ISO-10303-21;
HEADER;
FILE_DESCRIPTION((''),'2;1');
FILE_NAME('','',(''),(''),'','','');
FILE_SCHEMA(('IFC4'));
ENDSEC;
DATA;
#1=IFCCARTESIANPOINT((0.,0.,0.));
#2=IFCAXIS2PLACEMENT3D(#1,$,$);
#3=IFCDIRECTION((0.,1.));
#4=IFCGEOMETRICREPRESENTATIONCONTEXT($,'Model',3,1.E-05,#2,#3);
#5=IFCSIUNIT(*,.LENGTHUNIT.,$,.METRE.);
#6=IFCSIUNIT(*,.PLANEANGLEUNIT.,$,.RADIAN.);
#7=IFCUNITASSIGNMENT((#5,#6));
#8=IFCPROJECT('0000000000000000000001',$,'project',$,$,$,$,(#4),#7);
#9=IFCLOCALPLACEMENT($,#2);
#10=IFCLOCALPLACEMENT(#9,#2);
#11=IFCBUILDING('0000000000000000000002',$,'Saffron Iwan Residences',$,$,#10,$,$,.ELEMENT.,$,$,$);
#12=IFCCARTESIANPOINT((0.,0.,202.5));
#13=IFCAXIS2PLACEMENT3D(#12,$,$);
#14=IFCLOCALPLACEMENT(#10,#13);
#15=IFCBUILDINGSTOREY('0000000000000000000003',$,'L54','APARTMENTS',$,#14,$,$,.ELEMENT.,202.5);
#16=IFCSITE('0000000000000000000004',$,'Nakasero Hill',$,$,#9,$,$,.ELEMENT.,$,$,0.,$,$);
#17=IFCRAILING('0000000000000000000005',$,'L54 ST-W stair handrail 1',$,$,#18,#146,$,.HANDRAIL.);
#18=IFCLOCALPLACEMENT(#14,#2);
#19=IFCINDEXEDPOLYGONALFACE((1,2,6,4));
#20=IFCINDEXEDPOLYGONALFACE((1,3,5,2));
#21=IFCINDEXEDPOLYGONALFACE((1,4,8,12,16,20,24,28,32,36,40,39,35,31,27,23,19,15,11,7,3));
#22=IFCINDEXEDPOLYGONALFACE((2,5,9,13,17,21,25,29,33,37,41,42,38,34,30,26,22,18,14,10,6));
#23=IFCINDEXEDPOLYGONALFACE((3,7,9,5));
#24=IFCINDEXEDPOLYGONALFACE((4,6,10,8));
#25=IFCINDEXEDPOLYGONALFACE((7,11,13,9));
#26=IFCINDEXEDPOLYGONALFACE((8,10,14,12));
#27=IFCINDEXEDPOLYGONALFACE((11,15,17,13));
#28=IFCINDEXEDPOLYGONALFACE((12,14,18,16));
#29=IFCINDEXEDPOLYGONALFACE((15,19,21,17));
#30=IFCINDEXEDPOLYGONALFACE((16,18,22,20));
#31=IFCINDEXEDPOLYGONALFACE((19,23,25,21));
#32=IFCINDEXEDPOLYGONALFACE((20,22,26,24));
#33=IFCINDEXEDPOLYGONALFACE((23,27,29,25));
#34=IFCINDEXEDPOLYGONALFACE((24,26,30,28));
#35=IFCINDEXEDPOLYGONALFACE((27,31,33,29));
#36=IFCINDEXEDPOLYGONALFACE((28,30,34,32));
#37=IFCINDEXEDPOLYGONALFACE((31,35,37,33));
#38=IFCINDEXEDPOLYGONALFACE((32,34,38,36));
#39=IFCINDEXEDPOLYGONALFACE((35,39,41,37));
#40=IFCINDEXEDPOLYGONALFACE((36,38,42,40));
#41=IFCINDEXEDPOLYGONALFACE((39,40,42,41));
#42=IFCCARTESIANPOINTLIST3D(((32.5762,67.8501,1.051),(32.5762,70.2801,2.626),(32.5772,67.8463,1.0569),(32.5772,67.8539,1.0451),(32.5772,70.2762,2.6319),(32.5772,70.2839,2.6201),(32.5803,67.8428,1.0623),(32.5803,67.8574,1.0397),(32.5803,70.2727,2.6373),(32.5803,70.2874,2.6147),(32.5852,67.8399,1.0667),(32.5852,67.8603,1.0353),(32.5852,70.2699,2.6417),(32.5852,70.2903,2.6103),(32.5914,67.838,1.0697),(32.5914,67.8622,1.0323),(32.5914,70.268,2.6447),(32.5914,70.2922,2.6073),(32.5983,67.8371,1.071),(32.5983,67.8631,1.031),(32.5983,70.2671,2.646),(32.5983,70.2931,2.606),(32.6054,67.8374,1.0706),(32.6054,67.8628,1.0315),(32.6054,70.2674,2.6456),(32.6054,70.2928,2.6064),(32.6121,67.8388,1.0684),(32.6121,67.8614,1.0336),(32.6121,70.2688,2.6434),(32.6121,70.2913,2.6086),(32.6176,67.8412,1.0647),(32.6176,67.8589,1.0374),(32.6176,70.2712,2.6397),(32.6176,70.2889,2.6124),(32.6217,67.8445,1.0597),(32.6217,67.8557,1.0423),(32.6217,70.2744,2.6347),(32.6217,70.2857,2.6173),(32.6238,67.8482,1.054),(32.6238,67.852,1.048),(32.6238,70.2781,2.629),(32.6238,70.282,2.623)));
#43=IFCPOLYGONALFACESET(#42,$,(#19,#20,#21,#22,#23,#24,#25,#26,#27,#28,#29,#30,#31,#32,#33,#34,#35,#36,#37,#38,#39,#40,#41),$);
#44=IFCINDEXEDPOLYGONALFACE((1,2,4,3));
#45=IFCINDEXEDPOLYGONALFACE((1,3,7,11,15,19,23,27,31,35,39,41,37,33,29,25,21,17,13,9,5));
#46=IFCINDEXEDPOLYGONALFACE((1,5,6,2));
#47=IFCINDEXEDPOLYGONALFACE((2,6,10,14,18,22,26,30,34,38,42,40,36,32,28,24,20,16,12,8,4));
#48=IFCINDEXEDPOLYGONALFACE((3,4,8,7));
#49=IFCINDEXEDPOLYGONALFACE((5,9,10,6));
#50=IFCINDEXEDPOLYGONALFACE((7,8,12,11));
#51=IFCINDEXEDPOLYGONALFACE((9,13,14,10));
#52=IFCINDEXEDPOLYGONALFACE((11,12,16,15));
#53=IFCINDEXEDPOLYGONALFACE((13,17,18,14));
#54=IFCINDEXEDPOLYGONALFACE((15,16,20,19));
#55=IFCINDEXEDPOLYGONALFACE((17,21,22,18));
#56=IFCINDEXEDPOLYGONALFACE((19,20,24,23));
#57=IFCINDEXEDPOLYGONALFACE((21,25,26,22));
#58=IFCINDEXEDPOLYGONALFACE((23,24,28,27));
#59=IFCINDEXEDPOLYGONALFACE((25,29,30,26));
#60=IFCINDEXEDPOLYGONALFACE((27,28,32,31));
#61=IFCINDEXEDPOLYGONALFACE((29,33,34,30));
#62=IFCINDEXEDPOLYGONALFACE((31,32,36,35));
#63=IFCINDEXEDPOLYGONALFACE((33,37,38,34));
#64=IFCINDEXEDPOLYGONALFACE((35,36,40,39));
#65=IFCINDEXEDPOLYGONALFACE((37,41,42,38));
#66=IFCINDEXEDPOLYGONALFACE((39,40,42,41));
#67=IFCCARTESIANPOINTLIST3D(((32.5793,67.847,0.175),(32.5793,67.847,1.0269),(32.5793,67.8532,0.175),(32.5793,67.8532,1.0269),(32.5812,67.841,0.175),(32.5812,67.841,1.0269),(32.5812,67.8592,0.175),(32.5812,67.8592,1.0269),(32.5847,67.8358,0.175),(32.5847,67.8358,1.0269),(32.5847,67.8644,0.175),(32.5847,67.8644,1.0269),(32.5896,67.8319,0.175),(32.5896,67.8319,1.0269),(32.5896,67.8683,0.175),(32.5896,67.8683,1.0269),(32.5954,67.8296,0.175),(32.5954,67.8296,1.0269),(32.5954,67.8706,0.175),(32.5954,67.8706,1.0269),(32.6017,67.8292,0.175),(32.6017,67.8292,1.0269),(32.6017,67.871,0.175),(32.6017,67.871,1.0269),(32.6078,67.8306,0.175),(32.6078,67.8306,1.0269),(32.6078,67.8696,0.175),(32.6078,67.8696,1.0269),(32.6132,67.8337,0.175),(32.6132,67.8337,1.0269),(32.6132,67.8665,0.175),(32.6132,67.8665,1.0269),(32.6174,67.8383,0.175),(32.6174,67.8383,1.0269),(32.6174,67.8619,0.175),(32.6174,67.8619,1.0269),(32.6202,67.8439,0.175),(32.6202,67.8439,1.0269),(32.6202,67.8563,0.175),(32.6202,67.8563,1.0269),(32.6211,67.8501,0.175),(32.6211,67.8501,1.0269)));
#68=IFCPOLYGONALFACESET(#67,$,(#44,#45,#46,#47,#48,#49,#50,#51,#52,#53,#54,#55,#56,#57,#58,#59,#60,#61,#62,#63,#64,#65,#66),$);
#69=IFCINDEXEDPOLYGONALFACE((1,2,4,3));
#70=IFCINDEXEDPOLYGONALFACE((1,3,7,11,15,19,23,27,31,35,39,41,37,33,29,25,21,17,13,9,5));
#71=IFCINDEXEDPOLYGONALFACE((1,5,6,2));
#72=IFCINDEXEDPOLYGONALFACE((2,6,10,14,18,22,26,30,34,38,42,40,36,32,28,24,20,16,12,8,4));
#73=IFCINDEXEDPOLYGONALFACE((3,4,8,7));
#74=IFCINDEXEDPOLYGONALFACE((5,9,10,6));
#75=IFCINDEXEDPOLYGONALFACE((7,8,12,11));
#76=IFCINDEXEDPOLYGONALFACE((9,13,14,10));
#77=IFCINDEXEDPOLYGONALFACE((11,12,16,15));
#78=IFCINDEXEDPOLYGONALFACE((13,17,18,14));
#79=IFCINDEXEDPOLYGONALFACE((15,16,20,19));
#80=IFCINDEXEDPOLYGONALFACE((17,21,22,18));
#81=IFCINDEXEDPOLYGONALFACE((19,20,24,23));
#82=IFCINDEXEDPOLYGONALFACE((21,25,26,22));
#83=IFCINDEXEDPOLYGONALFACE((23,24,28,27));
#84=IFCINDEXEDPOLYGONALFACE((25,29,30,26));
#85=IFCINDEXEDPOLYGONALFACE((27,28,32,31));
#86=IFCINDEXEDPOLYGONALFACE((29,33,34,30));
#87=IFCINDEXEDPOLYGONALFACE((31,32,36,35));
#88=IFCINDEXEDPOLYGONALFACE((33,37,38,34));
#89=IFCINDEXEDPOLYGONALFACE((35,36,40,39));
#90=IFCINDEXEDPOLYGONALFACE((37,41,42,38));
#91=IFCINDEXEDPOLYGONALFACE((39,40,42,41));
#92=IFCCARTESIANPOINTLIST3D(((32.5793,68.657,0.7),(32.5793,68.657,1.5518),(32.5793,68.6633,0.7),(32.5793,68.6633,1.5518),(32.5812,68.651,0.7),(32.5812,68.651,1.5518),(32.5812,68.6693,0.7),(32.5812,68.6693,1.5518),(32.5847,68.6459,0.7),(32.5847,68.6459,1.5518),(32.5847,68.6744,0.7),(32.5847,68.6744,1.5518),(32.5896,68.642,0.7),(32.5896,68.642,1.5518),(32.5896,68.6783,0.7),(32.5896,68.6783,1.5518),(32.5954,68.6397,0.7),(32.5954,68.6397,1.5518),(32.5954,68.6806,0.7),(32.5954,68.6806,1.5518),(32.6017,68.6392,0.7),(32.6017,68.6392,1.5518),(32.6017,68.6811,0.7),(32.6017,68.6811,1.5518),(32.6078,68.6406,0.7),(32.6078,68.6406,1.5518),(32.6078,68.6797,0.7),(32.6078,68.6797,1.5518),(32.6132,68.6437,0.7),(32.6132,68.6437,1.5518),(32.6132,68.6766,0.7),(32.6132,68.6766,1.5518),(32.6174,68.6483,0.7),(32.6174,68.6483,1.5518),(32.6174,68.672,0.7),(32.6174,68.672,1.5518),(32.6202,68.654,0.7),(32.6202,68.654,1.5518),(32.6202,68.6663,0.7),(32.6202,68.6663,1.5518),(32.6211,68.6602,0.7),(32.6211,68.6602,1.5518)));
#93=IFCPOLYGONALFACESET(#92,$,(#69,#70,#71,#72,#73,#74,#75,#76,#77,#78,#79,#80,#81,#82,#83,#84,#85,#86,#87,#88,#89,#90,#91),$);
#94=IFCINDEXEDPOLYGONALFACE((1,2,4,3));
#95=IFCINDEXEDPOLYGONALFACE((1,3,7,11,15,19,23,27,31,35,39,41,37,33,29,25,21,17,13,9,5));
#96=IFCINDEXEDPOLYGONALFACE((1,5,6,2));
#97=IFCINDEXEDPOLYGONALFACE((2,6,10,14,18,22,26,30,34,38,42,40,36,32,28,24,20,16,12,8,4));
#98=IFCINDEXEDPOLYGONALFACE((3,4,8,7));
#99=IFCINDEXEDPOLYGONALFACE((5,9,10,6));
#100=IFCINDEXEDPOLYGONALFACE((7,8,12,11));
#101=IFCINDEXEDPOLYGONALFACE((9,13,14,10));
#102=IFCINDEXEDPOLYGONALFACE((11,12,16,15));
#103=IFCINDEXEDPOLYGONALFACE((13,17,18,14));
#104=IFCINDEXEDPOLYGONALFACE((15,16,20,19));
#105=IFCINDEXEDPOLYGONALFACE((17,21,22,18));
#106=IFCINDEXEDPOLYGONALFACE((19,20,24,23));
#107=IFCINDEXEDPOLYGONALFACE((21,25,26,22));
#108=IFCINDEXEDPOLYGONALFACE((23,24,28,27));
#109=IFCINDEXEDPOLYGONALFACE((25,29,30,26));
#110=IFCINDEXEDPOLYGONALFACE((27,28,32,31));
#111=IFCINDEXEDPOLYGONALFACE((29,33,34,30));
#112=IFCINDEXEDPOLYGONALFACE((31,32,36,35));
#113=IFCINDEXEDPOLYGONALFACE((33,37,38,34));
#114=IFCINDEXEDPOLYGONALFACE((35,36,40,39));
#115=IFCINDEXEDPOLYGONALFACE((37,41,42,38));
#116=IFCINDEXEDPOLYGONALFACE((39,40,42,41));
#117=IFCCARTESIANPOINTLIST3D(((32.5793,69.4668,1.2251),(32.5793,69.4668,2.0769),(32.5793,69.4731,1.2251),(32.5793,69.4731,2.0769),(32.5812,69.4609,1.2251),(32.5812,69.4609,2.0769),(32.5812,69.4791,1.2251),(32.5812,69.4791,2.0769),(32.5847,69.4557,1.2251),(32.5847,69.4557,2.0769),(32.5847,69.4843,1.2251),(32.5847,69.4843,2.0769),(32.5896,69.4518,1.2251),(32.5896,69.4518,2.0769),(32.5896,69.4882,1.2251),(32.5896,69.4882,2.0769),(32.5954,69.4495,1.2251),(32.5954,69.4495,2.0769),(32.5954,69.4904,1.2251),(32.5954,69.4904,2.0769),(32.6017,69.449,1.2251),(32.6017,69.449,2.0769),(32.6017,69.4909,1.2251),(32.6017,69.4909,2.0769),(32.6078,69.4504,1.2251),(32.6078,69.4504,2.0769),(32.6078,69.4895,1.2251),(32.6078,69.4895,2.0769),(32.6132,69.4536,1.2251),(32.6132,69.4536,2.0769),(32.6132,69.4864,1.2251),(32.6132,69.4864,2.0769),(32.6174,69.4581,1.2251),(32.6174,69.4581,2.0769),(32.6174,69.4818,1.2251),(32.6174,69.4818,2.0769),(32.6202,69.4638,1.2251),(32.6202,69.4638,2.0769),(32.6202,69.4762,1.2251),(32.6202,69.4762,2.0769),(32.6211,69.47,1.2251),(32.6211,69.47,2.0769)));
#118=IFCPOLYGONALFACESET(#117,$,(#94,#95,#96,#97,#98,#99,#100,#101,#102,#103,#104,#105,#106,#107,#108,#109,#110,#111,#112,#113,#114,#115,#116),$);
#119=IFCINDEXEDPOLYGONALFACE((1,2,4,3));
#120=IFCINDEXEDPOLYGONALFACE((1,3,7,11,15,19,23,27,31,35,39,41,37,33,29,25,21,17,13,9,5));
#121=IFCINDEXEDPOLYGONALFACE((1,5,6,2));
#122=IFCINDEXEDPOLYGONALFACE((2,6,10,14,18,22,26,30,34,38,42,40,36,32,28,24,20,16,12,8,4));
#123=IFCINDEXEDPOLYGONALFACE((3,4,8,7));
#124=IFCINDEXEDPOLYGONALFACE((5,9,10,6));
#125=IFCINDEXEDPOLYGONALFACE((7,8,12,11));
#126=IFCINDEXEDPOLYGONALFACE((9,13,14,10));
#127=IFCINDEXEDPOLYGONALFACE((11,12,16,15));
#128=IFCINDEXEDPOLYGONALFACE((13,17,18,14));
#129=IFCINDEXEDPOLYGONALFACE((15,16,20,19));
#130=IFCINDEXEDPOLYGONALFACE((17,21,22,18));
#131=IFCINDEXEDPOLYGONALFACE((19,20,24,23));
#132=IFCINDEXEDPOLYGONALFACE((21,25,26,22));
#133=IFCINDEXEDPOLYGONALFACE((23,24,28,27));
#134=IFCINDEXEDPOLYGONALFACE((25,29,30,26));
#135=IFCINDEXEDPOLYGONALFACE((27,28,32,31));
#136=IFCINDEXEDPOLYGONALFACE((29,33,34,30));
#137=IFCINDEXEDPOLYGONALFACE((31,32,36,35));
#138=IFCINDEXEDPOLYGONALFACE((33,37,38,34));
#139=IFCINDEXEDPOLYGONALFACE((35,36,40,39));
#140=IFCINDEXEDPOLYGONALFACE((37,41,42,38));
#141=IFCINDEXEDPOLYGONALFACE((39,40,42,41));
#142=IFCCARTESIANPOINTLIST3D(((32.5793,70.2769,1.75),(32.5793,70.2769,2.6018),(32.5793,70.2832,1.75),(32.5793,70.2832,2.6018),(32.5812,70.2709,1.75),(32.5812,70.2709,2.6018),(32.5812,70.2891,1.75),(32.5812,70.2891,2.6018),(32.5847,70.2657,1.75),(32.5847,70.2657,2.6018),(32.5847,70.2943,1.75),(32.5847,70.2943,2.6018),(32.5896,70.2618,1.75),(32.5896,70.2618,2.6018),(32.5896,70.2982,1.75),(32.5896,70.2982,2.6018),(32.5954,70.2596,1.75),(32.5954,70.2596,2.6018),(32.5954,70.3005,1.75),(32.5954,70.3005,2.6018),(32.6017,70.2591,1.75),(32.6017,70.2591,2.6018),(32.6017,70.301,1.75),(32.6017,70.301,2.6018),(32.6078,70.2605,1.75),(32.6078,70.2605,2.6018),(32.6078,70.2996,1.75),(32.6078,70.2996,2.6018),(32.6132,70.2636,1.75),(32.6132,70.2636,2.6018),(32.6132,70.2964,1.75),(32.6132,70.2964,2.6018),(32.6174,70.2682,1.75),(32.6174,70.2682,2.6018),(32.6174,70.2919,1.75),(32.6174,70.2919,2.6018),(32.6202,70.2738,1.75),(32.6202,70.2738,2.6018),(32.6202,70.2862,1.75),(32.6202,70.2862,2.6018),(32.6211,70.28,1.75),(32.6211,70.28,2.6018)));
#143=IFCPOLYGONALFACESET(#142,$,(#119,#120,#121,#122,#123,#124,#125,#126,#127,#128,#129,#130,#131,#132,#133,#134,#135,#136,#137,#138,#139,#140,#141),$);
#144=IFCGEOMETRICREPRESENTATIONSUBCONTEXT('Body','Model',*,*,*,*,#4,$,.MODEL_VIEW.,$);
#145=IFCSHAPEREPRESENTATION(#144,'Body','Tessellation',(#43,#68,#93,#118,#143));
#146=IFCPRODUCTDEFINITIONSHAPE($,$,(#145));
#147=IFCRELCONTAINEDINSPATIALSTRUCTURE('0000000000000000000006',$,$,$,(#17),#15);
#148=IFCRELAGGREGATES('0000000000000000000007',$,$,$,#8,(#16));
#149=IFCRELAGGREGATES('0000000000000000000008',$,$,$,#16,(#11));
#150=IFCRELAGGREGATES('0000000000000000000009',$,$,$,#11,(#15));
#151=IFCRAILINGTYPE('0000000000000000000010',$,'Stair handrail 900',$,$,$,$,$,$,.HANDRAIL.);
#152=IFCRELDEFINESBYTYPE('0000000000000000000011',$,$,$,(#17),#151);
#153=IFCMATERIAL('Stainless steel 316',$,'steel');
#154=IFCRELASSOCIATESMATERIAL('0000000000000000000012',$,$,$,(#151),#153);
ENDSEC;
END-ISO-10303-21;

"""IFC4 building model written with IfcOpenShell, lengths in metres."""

from ifc_helpers import new_model, si_unit, direction, frame, origin, origin_2d, place, context, subcontext, project, spatial, circle, extrude, material, type_object, element, save


model = new_model("IFC4")

# Units and contexts
model_context = context("Model", 3, precision=1e-05, world=origin(), true_north=direction((0.0, 1.0)))
body_context = subcontext(model_context, "Body", "Model", "MODEL_VIEW")
ifc_project = project(units=[si_unit("LENGTHUNIT", "METRE"), si_unit("PLANEANGLEUNIT", "RADIAN")], contexts=[model_context])

# Site, building, storey
site_placement = place(None, origin())
site = spatial("IfcSite", under=ifc_project, at=site_placement, Name="Nakasero Hill", CompositionType="ELEMENT", RefElevation=0.0)
building_placement = place(site_placement, origin())
building = spatial("IfcBuilding", under=site, at=building_placement, Name="Saffron Iwan Residences", CompositionType="ELEMENT")
storey_placement = place(building_placement, frame((0.0, 0.0, 202.5)))
storey = spatial("IfcBuildingStorey", under=building, at=storey_placement, Name="L54", Description="APARTMENTS", CompositionType="ELEMENT", Elevation=202.5)

# Railing
ifc_material_1 = material(Name="Stainless steel 316", Category="steel")
railing_type_1 = type_object("IfcRailingType", Name="Stair handrail 900", PredefinedType="HANDRAIL", material=ifc_material_1)
railing_1_placement = place(storey_placement, frame((32.6001, 67.8501, 0.175)))
element("IfcRailing", 1, at=railing_1_placement, inside=storey, type_object=railing_type_1, Name="L54 ST-W stair handrail 1", PredefinedType="HANDRAIL", context=body_context, shape_type="SweptSolid", body=[
    extrude(circle(Radius=0.0239, at=origin_2d()), frame((0.0, 0.0, 0.876), z_axis=(0.0, 0.839154, 0.543894), x_axis=(-1.0, 0.0, 0.0)), (0.0, 0.0, 1.0), 2.8958),
    extrude(circle(Radius=0.021, at=origin_2d()), origin(), (0.0, 0.0, 1.0), 0.8518),
    extrude(circle(Radius=0.021, at=origin_2d()), frame((0.0, 0.8101, 0.5249)), (0.0, 0.0, 1.0), 0.8518),
    extrude(circle(Radius=0.021, at=origin_2d()), frame((0.0, 1.6199, 1.05)), (0.0, 0.0, 1.0), 0.8518),
    extrude(circle(Radius=0.021, at=origin_2d()), frame((0.0, 2.4299, 1.575)), (0.0, 0.0, 1.0), 0.8518),
])

save(model, "model.ifc")
